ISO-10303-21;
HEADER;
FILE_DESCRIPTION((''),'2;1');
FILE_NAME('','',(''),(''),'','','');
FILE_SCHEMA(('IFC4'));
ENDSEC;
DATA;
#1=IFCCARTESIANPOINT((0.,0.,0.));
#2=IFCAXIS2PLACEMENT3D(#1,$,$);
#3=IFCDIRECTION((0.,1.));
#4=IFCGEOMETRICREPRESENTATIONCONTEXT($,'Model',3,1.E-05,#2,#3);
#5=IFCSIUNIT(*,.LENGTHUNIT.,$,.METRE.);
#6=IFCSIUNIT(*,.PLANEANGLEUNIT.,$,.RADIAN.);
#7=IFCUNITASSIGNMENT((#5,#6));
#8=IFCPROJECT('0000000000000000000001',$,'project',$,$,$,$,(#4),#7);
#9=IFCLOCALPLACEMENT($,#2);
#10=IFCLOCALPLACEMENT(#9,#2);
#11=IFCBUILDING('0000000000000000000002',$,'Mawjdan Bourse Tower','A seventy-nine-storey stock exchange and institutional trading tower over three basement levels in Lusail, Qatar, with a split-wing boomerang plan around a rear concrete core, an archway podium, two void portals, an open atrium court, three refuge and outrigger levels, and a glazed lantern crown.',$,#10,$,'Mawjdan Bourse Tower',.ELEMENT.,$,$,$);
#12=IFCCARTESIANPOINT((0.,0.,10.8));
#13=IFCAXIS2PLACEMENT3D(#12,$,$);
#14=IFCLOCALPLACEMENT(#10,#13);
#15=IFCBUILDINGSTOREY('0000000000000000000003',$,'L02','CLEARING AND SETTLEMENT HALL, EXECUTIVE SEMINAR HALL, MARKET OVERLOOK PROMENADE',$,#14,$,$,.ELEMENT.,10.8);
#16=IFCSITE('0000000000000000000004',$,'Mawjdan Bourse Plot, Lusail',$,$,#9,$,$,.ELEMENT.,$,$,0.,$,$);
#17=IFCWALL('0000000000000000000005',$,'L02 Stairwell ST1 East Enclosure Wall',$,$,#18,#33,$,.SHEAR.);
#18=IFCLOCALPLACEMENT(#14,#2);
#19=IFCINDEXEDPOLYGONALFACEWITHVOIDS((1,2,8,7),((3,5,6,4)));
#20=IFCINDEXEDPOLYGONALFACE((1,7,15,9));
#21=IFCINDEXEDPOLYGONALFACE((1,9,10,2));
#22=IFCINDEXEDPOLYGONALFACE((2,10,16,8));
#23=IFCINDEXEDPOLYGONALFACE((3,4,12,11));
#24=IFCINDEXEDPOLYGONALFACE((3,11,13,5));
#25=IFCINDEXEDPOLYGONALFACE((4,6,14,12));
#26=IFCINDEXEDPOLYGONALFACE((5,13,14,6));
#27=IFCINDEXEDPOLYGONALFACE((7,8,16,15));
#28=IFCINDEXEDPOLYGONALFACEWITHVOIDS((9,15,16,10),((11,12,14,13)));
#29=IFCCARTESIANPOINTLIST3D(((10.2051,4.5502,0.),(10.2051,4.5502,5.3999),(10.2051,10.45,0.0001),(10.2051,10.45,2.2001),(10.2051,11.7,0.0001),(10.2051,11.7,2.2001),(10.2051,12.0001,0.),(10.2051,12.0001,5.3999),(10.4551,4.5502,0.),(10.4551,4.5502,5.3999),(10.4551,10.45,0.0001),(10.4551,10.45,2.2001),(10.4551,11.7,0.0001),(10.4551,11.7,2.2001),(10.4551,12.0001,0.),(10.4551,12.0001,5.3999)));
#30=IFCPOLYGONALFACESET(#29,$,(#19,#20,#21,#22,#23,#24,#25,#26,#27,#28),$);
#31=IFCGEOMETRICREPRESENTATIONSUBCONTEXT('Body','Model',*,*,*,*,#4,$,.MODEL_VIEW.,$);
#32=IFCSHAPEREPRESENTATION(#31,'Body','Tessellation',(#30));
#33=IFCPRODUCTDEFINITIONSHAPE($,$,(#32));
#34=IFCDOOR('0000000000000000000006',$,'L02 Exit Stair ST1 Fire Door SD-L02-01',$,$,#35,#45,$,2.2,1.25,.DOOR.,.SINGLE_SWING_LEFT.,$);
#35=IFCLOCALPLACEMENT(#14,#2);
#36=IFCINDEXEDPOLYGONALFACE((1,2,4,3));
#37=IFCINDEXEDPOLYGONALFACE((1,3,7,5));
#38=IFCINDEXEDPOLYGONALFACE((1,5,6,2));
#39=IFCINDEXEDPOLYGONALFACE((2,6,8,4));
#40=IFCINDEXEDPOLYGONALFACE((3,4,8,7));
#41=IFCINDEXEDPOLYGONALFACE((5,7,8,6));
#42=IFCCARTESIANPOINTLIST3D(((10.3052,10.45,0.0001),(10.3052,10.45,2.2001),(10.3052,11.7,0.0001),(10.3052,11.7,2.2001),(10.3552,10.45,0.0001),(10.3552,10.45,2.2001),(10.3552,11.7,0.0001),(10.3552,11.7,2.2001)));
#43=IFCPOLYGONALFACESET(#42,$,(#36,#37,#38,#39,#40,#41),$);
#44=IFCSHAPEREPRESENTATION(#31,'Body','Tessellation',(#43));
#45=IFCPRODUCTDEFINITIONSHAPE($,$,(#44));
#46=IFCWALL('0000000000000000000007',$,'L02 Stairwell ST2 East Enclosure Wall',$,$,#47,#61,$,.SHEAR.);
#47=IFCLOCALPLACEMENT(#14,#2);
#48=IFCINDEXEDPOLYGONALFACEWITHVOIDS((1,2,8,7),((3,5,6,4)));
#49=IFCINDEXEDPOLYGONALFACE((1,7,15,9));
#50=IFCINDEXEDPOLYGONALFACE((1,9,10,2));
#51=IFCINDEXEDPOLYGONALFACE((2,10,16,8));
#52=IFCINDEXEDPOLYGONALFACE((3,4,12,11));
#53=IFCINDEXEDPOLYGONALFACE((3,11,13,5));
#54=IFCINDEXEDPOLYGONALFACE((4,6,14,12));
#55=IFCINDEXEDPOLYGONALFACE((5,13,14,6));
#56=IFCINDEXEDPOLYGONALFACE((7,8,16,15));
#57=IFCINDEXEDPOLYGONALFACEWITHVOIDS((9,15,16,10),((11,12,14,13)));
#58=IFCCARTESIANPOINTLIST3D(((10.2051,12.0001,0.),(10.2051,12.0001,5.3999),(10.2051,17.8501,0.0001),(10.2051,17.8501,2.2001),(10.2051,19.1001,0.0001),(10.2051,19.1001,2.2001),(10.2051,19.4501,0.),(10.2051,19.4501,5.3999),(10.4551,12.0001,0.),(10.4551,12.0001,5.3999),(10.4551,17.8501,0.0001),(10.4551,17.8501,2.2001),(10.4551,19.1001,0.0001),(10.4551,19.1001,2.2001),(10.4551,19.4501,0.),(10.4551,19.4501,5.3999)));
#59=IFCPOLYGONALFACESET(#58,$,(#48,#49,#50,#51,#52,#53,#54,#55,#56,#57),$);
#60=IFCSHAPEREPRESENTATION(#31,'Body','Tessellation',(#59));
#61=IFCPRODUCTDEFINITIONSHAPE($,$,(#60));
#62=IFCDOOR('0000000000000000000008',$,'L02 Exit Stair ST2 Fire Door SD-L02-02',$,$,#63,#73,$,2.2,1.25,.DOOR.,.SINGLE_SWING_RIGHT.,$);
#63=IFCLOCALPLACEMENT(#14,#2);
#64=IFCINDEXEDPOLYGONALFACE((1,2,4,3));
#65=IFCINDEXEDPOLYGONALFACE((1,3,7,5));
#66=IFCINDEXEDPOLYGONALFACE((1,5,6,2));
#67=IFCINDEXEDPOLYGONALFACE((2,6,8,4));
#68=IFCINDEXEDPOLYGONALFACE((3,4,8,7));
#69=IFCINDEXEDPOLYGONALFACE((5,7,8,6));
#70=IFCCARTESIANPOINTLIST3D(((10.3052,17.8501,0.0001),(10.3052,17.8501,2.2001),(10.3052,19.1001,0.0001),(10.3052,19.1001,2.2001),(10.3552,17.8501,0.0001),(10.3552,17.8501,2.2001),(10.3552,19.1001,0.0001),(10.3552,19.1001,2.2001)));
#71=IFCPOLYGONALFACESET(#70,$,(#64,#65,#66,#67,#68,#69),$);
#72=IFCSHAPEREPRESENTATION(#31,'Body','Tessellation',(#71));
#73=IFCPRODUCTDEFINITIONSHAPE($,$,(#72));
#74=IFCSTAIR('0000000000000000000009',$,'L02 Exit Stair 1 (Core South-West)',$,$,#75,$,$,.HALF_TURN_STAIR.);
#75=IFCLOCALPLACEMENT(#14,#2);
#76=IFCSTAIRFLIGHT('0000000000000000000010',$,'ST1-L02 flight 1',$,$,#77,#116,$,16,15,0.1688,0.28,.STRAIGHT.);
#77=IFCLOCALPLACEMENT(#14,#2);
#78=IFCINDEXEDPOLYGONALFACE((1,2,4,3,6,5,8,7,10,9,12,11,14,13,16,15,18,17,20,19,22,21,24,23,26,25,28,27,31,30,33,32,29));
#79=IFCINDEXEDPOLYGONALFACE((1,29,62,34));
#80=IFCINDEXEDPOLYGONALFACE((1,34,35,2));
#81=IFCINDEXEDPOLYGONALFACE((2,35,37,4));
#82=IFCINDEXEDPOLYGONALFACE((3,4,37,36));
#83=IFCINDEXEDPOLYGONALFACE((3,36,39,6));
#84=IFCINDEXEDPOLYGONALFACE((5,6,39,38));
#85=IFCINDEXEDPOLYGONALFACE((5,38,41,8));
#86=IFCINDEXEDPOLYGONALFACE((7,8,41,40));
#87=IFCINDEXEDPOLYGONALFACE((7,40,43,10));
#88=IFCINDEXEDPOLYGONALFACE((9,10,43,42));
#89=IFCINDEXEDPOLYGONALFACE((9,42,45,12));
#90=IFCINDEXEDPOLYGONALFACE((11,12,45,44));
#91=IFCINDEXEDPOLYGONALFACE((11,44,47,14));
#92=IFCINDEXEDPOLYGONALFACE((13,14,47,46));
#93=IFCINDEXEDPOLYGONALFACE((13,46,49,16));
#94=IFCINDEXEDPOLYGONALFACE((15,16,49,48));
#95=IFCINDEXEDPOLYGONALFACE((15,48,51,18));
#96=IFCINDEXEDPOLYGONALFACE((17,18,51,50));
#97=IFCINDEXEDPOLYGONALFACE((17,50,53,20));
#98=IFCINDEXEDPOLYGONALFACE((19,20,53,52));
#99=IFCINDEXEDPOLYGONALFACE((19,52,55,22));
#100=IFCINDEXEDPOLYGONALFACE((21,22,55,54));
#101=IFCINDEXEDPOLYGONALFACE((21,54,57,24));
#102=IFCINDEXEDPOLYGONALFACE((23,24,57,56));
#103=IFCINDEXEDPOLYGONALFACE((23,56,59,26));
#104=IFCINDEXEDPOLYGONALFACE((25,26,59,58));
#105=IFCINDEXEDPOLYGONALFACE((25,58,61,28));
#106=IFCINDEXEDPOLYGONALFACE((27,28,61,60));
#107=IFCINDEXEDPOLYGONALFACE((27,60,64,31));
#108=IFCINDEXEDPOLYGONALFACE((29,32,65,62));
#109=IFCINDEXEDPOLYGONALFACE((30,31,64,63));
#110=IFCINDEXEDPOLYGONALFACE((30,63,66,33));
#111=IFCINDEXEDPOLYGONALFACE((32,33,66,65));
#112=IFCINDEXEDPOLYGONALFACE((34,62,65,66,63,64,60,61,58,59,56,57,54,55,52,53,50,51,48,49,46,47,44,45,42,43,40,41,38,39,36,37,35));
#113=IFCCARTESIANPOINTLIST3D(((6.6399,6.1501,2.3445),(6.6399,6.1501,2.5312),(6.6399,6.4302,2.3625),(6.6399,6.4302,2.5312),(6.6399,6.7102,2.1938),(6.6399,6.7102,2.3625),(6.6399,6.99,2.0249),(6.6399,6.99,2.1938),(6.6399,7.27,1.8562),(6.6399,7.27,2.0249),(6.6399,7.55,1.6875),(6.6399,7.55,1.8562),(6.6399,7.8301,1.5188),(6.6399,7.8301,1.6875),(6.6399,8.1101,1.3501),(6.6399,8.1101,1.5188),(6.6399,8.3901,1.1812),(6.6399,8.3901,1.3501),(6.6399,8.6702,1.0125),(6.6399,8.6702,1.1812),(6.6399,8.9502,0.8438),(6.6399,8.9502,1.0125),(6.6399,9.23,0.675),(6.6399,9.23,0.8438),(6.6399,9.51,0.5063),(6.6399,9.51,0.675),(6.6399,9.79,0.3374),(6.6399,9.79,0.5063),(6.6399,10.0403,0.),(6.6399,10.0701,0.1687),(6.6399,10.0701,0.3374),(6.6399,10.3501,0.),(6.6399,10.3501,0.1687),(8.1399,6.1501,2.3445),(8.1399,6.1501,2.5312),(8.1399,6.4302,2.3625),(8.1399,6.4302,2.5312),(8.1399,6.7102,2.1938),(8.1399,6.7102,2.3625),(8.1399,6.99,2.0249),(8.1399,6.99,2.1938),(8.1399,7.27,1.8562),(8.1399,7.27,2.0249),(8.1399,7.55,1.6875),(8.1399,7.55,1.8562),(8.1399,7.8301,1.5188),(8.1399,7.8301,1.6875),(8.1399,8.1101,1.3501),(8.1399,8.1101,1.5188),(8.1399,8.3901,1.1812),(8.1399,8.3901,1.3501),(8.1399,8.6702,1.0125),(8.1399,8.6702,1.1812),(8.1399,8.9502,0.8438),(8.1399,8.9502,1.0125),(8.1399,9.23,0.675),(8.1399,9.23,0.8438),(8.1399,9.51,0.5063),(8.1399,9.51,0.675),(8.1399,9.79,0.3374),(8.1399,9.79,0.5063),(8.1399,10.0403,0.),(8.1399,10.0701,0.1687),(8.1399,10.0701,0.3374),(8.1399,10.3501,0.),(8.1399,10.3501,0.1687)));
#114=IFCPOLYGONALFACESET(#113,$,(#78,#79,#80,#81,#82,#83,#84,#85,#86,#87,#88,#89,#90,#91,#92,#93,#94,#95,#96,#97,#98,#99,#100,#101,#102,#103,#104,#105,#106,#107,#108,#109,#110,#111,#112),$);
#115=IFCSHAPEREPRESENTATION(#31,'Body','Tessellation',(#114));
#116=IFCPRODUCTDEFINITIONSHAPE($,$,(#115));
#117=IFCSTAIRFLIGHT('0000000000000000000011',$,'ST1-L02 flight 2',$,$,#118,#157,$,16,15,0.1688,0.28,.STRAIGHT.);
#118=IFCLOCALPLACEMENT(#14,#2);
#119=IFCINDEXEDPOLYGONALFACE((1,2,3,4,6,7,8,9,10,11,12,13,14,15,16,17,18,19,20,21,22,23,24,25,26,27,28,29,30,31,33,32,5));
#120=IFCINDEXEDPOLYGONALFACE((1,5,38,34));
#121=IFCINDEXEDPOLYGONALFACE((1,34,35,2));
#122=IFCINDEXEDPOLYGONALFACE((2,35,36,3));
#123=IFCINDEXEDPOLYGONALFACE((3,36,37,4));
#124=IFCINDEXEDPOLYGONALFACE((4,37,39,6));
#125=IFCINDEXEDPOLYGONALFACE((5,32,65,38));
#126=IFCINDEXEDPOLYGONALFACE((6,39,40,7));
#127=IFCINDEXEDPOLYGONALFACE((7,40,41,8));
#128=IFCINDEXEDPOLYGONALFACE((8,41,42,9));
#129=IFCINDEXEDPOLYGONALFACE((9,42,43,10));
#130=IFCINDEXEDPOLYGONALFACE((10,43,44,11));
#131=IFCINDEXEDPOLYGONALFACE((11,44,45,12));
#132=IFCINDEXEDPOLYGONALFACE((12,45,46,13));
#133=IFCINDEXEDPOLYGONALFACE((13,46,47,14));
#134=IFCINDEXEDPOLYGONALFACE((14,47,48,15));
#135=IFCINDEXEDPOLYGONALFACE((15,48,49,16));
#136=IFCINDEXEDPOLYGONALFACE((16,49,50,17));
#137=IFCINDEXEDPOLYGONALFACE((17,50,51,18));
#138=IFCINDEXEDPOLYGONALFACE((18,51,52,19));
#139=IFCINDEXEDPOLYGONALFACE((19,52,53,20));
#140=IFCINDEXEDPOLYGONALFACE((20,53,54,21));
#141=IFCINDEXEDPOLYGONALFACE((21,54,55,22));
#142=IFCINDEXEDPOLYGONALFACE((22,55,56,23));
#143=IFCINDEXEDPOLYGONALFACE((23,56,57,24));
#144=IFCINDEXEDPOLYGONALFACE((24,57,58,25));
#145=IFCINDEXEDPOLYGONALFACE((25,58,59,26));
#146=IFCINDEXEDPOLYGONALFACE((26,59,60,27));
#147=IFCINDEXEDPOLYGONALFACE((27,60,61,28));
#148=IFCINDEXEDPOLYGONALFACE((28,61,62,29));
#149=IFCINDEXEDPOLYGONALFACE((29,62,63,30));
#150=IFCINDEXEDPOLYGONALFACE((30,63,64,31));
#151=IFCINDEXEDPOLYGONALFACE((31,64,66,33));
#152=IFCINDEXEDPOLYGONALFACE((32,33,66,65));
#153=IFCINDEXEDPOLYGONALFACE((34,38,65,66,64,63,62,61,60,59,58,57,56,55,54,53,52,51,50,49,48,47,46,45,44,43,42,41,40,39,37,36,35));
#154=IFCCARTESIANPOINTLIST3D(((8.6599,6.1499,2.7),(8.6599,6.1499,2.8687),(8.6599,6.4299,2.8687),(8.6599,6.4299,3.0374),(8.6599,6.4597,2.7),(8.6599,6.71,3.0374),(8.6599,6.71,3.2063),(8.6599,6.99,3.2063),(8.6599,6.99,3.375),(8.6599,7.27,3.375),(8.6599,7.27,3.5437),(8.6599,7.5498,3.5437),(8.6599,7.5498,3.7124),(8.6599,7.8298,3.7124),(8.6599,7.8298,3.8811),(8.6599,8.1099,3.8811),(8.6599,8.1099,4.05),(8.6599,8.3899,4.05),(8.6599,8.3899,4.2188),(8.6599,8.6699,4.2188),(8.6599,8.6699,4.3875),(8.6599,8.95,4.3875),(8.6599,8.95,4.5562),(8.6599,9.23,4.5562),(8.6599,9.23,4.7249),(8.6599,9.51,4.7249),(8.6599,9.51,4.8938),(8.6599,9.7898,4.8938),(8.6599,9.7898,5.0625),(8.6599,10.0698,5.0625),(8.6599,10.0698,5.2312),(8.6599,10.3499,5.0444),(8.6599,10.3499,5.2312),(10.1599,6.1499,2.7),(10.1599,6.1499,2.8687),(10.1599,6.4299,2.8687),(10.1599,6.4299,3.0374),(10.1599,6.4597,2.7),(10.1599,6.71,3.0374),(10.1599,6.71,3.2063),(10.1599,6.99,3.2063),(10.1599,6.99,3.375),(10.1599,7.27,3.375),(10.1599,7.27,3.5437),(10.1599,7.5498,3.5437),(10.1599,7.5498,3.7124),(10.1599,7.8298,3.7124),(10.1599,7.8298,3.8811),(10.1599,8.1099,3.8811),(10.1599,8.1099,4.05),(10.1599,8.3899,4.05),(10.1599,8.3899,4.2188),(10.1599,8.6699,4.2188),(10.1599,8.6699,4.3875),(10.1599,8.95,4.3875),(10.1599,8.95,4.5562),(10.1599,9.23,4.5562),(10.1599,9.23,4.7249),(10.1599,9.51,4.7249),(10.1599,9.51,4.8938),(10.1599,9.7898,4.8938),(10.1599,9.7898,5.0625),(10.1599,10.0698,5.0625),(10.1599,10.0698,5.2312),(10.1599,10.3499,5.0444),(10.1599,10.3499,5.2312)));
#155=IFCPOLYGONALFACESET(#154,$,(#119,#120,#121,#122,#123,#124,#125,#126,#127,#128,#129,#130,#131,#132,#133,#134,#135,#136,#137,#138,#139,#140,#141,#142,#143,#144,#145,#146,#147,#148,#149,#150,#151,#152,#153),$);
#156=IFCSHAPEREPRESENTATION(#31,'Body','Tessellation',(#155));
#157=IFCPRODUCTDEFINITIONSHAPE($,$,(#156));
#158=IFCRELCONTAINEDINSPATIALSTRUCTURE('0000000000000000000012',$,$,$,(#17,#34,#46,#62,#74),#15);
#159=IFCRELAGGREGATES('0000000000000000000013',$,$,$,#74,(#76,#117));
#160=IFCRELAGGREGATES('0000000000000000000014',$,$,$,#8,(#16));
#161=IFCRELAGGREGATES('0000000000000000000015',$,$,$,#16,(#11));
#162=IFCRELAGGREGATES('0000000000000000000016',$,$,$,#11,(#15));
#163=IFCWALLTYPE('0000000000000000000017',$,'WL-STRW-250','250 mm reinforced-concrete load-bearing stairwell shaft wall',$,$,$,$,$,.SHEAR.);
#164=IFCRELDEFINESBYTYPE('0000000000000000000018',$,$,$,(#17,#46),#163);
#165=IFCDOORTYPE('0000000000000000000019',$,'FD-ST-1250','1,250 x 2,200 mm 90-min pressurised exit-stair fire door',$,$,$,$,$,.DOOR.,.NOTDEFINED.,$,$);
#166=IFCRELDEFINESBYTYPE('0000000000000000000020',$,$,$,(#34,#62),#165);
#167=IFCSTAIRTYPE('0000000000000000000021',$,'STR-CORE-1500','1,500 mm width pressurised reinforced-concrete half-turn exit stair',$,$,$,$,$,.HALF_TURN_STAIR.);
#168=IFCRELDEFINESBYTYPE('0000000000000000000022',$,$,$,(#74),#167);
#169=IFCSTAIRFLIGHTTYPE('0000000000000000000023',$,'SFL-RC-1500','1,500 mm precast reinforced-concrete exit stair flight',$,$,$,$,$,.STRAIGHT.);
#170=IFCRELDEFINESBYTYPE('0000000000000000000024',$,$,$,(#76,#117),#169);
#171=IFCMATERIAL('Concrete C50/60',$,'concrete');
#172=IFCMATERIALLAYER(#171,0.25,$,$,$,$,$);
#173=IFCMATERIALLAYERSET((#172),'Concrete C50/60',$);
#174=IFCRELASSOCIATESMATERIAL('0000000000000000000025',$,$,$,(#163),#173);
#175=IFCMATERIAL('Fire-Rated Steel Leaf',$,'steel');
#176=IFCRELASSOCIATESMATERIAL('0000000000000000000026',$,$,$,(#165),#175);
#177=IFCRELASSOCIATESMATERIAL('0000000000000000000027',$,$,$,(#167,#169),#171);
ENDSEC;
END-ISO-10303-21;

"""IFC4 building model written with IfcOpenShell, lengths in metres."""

from ifc_helpers import new_model, si_unit, direction, frame, frame_2d, origin, place, context, subcontext, project, spatial, polyline, rectangle, outline, extrude, material, layer, layer_set, type_object, element, fill, aggregate, save


model = new_model("IFC4")

# Units and contexts
model_context = context("Model", 3, precision=1e-05, world=origin(), true_north=direction((0.0, 1.0)))
body_context = subcontext(model_context, "Body", "Model", "MODEL_VIEW")
ifc_project = project(units=[si_unit("LENGTHUNIT", "METRE"), si_unit("PLANEANGLEUNIT", "RADIAN")], contexts=[model_context])

# Site, building, storey
site_placement = place(None, origin())
site = spatial("IfcSite", under=ifc_project, at=site_placement, Name="Mawjdan Bourse Plot, Lusail", CompositionType="ELEMENT", RefElevation=0.0)
building_placement = place(site_placement, origin())
building = spatial("IfcBuilding", under=site, at=building_placement, Name="Mawjdan Bourse Tower", Description="A seventy-nine-storey stock exchange and institutional trading tower over three basement levels in Lusail, Qatar, with a split-wing boomerang plan around a rear concrete core, an archway podium, two void portals, an open atrium court, three refuge and outrigger levels, and a glazed lantern crown.", LongName="Mawjdan Bourse Tower", CompositionType="ELEMENT")
storey_placement = place(building_placement, frame((0.0, 0.0, 10.8)))
storey = spatial("IfcBuildingStorey", under=building, at=storey_placement, Name="L02", Description="CLEARING AND SETTLEMENT HALL, EXECUTIVE SEMINAR HALL, MARKET OVERLOOK PROMENADE", CompositionType="ELEMENT", Elevation=10.8)

# Shared definitions
ifc_material_1 = material(Name="Concrete C50/60", Category="concrete")

# Shared definitions
ifc_layer_1 = layer(ifc_material_1, 0.25)
ifc_layer_set_1 = layer_set([ifc_layer_1], Name="Concrete C50/60")
wall_type_1 = type_object("IfcWallType", Name="WL-STRW-250", Description="250 mm reinforced-concrete load-bearing stairwell shaft wall", PredefinedType="SHEAR", material=ifc_layer_set_1)

# Walls, openings, doors
wall_1_placement = place(storey_placement, frame((10.3301, 4.55, 0.0), z_axis=(0.0, 0.0, 1.0), x_axis=(0.0, 1.0, 0.0)))
wall_1 = element("IfcWall", 1, at=wall_1_placement, inside=storey, type_object=wall_type_1, Name="L02 Stairwell ST1 East Enclosure Wall", PredefinedType="SHEAR", context=body_context, shape_type="SweptSolid", body=[
    extrude(rectangle(XDim=7.45, YDim=0.25, at=frame_2d((3.7251, 0.0))), origin(), (0.0, 0.0, 1.0), 5.3999),
])
opening_1_placement = place(wall_1_placement, frame((5.8999, 0.0, 0.0)))
opening_1 = element("IfcOpeningElement", 2, at=opening_1_placement, cuts=wall_1, PredefinedType="OPENING", context=body_context, shape_type="SweptSolid", body=[
    extrude(rectangle(XDim=1.25, YDim=2.2, at=frame_2d((0.625, 1.1001))), frame((0.0, 0.135, 0.0), z_axis=(0.0, -1.0, 0.0), x_axis=(1.0, 0.0, 0.0)), (0.0, 0.0, 1.0), 0.27),
])
ifc_material_2 = material(Name="Fire-Rated Steel Leaf", Category="steel")
door_type_1 = type_object("IfcDoorType", Name="FD-ST-1250", Description="1,250 x 2,200 mm 90-min pressurised exit-stair fire door", OperationType="NOTDEFINED", PredefinedType="DOOR", material=ifc_material_2)
door_1_placement = place(opening_1_placement, origin())
door_1 = element("IfcDoor", 3, at=door_1_placement, inside=storey, type_object=door_type_1, Name="L02 Exit Stair ST1 Fire Door SD-L02-01", OperationType="SINGLE_SWING_LEFT", OverallHeight=2.2, OverallWidth=1.25, PredefinedType="DOOR", context=body_context, shape_type="SweptSolid", body=[
    extrude(rectangle(XDim=1.25, YDim=2.2, at=frame_2d((0.625, 1.1001))), frame((0.0, 0.0249, 0.0), z_axis=(0.0, -1.0, 0.0), x_axis=(1.0, 0.0, 0.0)), (0.0, 0.0, 1.0), 0.05),
])
fill(opening_1, door_1)
wall_2_placement = place(storey_placement, frame((10.3301, 12.0, 0.0), z_axis=(0.0, 0.0, 1.0), x_axis=(0.0, 1.0, 0.0)))
wall_2 = element("IfcWall", 4, at=wall_2_placement, inside=storey, type_object=wall_type_1, Name="L02 Stairwell ST2 East Enclosure Wall", PredefinedType="SHEAR", context=body_context, shape_type="SweptSolid", body=[
    extrude(rectangle(XDim=7.45, YDim=0.25, at=frame_2d((3.7251, 0.0))), origin(), (0.0, 0.0, 1.0), 5.3999),
])
opening_2_placement = place(wall_2_placement, frame((5.8501, 0.0, 0.0)))
opening_2 = element("IfcOpeningElement", 5, at=opening_2_placement, cuts=wall_2, PredefinedType="OPENING", context=body_context, shape_type="SweptSolid", body=[
    extrude(rectangle(XDim=1.25, YDim=2.2, at=frame_2d((0.625, 1.1001))), frame((0.0, 0.135, 0.0), z_axis=(0.0, -1.0, 0.0), x_axis=(1.0, 0.0, 0.0)), (0.0, 0.0, 1.0), 0.27),
])
door_2_placement = place(opening_2_placement, origin())
door_2 = element("IfcDoor", 6, at=door_2_placement, inside=storey, type_object=door_type_1, Name="L02 Exit Stair ST2 Fire Door SD-L02-02", OperationType="SINGLE_SWING_RIGHT", OverallHeight=2.2, OverallWidth=1.25, PredefinedType="DOOR", context=body_context, shape_type="SweptSolid", body=[
    extrude(rectangle(XDim=1.25, YDim=2.2, at=frame_2d((0.625, 1.1001))), frame((0.0, 0.0249, 0.0), z_axis=(0.0, -1.0, 0.0), x_axis=(1.0, 0.0, 0.0)), (0.0, 0.0, 1.0), 0.05),
])
fill(opening_2, door_2)

# Stair, stair flights
stair_type = type_object("IfcStairType", Name="STR-CORE-1500", Description="1,500 mm width pressurised reinforced-concrete half-turn exit stair", PredefinedType="HALF_TURN_STAIR", material=ifc_material_1)
stair_1_placement = place(storey_placement, origin())
stair_1 = element("IfcStair", 7, at=stair_1_placement, inside=storey, type_object=stair_type, Name="L02 Exit Stair 1 (Core South-West)", PredefinedType="HALF_TURN_STAIR")
stair_flight_type = type_object("IfcStairFlightType", Name="SFL-RC-1500", Description="1,500 mm precast reinforced-concrete exit stair flight", PredefinedType="STRAIGHT", material=ifc_material_1)
stair_flight_1_placement = place(storey_placement, frame((7.3899, 10.3501, 0.0), z_axis=(0.0, 0.0, 1.0), x_axis=(0.0, -1.0, 0.0)))
stair_flight_1 = element("IfcStairFlight", 8, at=stair_flight_1_placement, type_object=stair_flight_type, Name="ST1-L02 flight 1", NumberOfRisers=16, NumberOfTreads=15, PredefinedType="STRAIGHT", RiserHeight=0.1688, TreadLength=0.28, context=body_context, shape_type="SweptSolid", body=[
    extrude(outline(polyline([(0.0, 0.0), (0.0, 0.1687), (0.28, 0.1687), (0.28, 0.3374), (0.5601, 0.3374), (0.5601, 0.5063), (0.8401, 0.5063), (0.8401, 0.675), (1.1201, 0.675), (1.1201, 0.8438), (1.3999, 0.8438), (1.3999, 1.0125), (1.6799, 1.0125), (1.6799, 1.1812), (1.96, 1.1812), (1.96, 1.3501), (2.24, 1.3501), (2.24, 1.5188), (2.52, 1.5188), (2.52, 1.6875), (2.8, 1.6875), (2.8, 1.8562), (3.0801, 1.8562), (3.0801, 2.0249), (3.3601, 2.0249), (3.3601, 2.1938), (3.6399, 2.1938), (3.6399, 2.3625), (3.9199, 2.3625), (3.9199, 2.5312), (4.2, 2.5312), (4.2, 2.7), (4.2, 2.3445), (0.3098, 0.0), (0.0, 0.0)])), frame((0.0, 0.75, 0.0), z_axis=(0.0, -1.0, 0.0), x_axis=(1.0, 0.0, 0.0)), (0.0, 0.0, 1.0), 1.5),
])
stair_flight_2_placement = place(storey_placement, frame((9.4099, 6.1499, 2.7), z_axis=(0.0, 0.0, 1.0), x_axis=(0.0, 1.0, 0.0)))
stair_flight_2 = element("IfcStairFlight", 9, at=stair_flight_2_placement, type_object=stair_flight_type, Name="ST1-L02 flight 2", NumberOfRisers=16, NumberOfTreads=15, PredefinedType="STRAIGHT", RiserHeight=0.1688, TreadLength=0.28, context=body_context, shape_type="SweptSolid", body=[
    extrude(outline(polyline([(0.0, 0.0), (0.0, 0.1687), (0.28, 0.1687), (0.28, 0.3374), (0.5601, 0.3374), (0.5601, 0.5063), (0.8401, 0.5063), (0.8401, 0.675), (1.1201, 0.675), (1.1201, 0.8438), (1.3999, 0.8438), (1.3999, 1.0125), (1.6799, 1.0125), (1.6799, 1.1812), (1.96, 1.1812), (1.96, 1.3501), (2.24, 1.3501), (2.24, 1.5188), (2.52, 1.5188), (2.52, 1.6875), (2.8, 1.6875), (2.8, 1.8562), (3.0801, 1.8562), (3.0801, 2.0249), (3.3601, 2.0249), (3.3601, 2.1938), (3.6399, 2.1938), (3.6399, 2.3625), (3.9199, 2.3625), (3.9199, 2.5312), (4.2, 2.5312), (4.2, 2.7), (4.2, 2.3445), (0.3098, 0.0), (0.0, 0.0)])), frame((0.0, 0.75, 0.0), z_axis=(0.0, -1.0, 0.0), x_axis=(1.0, 0.0, 0.0)), (0.0, 0.0, 1.0), 1.5),
])
aggregate(stair_1, [stair_flight_1, stair_flight_2])

save(model, "model.ifc")
